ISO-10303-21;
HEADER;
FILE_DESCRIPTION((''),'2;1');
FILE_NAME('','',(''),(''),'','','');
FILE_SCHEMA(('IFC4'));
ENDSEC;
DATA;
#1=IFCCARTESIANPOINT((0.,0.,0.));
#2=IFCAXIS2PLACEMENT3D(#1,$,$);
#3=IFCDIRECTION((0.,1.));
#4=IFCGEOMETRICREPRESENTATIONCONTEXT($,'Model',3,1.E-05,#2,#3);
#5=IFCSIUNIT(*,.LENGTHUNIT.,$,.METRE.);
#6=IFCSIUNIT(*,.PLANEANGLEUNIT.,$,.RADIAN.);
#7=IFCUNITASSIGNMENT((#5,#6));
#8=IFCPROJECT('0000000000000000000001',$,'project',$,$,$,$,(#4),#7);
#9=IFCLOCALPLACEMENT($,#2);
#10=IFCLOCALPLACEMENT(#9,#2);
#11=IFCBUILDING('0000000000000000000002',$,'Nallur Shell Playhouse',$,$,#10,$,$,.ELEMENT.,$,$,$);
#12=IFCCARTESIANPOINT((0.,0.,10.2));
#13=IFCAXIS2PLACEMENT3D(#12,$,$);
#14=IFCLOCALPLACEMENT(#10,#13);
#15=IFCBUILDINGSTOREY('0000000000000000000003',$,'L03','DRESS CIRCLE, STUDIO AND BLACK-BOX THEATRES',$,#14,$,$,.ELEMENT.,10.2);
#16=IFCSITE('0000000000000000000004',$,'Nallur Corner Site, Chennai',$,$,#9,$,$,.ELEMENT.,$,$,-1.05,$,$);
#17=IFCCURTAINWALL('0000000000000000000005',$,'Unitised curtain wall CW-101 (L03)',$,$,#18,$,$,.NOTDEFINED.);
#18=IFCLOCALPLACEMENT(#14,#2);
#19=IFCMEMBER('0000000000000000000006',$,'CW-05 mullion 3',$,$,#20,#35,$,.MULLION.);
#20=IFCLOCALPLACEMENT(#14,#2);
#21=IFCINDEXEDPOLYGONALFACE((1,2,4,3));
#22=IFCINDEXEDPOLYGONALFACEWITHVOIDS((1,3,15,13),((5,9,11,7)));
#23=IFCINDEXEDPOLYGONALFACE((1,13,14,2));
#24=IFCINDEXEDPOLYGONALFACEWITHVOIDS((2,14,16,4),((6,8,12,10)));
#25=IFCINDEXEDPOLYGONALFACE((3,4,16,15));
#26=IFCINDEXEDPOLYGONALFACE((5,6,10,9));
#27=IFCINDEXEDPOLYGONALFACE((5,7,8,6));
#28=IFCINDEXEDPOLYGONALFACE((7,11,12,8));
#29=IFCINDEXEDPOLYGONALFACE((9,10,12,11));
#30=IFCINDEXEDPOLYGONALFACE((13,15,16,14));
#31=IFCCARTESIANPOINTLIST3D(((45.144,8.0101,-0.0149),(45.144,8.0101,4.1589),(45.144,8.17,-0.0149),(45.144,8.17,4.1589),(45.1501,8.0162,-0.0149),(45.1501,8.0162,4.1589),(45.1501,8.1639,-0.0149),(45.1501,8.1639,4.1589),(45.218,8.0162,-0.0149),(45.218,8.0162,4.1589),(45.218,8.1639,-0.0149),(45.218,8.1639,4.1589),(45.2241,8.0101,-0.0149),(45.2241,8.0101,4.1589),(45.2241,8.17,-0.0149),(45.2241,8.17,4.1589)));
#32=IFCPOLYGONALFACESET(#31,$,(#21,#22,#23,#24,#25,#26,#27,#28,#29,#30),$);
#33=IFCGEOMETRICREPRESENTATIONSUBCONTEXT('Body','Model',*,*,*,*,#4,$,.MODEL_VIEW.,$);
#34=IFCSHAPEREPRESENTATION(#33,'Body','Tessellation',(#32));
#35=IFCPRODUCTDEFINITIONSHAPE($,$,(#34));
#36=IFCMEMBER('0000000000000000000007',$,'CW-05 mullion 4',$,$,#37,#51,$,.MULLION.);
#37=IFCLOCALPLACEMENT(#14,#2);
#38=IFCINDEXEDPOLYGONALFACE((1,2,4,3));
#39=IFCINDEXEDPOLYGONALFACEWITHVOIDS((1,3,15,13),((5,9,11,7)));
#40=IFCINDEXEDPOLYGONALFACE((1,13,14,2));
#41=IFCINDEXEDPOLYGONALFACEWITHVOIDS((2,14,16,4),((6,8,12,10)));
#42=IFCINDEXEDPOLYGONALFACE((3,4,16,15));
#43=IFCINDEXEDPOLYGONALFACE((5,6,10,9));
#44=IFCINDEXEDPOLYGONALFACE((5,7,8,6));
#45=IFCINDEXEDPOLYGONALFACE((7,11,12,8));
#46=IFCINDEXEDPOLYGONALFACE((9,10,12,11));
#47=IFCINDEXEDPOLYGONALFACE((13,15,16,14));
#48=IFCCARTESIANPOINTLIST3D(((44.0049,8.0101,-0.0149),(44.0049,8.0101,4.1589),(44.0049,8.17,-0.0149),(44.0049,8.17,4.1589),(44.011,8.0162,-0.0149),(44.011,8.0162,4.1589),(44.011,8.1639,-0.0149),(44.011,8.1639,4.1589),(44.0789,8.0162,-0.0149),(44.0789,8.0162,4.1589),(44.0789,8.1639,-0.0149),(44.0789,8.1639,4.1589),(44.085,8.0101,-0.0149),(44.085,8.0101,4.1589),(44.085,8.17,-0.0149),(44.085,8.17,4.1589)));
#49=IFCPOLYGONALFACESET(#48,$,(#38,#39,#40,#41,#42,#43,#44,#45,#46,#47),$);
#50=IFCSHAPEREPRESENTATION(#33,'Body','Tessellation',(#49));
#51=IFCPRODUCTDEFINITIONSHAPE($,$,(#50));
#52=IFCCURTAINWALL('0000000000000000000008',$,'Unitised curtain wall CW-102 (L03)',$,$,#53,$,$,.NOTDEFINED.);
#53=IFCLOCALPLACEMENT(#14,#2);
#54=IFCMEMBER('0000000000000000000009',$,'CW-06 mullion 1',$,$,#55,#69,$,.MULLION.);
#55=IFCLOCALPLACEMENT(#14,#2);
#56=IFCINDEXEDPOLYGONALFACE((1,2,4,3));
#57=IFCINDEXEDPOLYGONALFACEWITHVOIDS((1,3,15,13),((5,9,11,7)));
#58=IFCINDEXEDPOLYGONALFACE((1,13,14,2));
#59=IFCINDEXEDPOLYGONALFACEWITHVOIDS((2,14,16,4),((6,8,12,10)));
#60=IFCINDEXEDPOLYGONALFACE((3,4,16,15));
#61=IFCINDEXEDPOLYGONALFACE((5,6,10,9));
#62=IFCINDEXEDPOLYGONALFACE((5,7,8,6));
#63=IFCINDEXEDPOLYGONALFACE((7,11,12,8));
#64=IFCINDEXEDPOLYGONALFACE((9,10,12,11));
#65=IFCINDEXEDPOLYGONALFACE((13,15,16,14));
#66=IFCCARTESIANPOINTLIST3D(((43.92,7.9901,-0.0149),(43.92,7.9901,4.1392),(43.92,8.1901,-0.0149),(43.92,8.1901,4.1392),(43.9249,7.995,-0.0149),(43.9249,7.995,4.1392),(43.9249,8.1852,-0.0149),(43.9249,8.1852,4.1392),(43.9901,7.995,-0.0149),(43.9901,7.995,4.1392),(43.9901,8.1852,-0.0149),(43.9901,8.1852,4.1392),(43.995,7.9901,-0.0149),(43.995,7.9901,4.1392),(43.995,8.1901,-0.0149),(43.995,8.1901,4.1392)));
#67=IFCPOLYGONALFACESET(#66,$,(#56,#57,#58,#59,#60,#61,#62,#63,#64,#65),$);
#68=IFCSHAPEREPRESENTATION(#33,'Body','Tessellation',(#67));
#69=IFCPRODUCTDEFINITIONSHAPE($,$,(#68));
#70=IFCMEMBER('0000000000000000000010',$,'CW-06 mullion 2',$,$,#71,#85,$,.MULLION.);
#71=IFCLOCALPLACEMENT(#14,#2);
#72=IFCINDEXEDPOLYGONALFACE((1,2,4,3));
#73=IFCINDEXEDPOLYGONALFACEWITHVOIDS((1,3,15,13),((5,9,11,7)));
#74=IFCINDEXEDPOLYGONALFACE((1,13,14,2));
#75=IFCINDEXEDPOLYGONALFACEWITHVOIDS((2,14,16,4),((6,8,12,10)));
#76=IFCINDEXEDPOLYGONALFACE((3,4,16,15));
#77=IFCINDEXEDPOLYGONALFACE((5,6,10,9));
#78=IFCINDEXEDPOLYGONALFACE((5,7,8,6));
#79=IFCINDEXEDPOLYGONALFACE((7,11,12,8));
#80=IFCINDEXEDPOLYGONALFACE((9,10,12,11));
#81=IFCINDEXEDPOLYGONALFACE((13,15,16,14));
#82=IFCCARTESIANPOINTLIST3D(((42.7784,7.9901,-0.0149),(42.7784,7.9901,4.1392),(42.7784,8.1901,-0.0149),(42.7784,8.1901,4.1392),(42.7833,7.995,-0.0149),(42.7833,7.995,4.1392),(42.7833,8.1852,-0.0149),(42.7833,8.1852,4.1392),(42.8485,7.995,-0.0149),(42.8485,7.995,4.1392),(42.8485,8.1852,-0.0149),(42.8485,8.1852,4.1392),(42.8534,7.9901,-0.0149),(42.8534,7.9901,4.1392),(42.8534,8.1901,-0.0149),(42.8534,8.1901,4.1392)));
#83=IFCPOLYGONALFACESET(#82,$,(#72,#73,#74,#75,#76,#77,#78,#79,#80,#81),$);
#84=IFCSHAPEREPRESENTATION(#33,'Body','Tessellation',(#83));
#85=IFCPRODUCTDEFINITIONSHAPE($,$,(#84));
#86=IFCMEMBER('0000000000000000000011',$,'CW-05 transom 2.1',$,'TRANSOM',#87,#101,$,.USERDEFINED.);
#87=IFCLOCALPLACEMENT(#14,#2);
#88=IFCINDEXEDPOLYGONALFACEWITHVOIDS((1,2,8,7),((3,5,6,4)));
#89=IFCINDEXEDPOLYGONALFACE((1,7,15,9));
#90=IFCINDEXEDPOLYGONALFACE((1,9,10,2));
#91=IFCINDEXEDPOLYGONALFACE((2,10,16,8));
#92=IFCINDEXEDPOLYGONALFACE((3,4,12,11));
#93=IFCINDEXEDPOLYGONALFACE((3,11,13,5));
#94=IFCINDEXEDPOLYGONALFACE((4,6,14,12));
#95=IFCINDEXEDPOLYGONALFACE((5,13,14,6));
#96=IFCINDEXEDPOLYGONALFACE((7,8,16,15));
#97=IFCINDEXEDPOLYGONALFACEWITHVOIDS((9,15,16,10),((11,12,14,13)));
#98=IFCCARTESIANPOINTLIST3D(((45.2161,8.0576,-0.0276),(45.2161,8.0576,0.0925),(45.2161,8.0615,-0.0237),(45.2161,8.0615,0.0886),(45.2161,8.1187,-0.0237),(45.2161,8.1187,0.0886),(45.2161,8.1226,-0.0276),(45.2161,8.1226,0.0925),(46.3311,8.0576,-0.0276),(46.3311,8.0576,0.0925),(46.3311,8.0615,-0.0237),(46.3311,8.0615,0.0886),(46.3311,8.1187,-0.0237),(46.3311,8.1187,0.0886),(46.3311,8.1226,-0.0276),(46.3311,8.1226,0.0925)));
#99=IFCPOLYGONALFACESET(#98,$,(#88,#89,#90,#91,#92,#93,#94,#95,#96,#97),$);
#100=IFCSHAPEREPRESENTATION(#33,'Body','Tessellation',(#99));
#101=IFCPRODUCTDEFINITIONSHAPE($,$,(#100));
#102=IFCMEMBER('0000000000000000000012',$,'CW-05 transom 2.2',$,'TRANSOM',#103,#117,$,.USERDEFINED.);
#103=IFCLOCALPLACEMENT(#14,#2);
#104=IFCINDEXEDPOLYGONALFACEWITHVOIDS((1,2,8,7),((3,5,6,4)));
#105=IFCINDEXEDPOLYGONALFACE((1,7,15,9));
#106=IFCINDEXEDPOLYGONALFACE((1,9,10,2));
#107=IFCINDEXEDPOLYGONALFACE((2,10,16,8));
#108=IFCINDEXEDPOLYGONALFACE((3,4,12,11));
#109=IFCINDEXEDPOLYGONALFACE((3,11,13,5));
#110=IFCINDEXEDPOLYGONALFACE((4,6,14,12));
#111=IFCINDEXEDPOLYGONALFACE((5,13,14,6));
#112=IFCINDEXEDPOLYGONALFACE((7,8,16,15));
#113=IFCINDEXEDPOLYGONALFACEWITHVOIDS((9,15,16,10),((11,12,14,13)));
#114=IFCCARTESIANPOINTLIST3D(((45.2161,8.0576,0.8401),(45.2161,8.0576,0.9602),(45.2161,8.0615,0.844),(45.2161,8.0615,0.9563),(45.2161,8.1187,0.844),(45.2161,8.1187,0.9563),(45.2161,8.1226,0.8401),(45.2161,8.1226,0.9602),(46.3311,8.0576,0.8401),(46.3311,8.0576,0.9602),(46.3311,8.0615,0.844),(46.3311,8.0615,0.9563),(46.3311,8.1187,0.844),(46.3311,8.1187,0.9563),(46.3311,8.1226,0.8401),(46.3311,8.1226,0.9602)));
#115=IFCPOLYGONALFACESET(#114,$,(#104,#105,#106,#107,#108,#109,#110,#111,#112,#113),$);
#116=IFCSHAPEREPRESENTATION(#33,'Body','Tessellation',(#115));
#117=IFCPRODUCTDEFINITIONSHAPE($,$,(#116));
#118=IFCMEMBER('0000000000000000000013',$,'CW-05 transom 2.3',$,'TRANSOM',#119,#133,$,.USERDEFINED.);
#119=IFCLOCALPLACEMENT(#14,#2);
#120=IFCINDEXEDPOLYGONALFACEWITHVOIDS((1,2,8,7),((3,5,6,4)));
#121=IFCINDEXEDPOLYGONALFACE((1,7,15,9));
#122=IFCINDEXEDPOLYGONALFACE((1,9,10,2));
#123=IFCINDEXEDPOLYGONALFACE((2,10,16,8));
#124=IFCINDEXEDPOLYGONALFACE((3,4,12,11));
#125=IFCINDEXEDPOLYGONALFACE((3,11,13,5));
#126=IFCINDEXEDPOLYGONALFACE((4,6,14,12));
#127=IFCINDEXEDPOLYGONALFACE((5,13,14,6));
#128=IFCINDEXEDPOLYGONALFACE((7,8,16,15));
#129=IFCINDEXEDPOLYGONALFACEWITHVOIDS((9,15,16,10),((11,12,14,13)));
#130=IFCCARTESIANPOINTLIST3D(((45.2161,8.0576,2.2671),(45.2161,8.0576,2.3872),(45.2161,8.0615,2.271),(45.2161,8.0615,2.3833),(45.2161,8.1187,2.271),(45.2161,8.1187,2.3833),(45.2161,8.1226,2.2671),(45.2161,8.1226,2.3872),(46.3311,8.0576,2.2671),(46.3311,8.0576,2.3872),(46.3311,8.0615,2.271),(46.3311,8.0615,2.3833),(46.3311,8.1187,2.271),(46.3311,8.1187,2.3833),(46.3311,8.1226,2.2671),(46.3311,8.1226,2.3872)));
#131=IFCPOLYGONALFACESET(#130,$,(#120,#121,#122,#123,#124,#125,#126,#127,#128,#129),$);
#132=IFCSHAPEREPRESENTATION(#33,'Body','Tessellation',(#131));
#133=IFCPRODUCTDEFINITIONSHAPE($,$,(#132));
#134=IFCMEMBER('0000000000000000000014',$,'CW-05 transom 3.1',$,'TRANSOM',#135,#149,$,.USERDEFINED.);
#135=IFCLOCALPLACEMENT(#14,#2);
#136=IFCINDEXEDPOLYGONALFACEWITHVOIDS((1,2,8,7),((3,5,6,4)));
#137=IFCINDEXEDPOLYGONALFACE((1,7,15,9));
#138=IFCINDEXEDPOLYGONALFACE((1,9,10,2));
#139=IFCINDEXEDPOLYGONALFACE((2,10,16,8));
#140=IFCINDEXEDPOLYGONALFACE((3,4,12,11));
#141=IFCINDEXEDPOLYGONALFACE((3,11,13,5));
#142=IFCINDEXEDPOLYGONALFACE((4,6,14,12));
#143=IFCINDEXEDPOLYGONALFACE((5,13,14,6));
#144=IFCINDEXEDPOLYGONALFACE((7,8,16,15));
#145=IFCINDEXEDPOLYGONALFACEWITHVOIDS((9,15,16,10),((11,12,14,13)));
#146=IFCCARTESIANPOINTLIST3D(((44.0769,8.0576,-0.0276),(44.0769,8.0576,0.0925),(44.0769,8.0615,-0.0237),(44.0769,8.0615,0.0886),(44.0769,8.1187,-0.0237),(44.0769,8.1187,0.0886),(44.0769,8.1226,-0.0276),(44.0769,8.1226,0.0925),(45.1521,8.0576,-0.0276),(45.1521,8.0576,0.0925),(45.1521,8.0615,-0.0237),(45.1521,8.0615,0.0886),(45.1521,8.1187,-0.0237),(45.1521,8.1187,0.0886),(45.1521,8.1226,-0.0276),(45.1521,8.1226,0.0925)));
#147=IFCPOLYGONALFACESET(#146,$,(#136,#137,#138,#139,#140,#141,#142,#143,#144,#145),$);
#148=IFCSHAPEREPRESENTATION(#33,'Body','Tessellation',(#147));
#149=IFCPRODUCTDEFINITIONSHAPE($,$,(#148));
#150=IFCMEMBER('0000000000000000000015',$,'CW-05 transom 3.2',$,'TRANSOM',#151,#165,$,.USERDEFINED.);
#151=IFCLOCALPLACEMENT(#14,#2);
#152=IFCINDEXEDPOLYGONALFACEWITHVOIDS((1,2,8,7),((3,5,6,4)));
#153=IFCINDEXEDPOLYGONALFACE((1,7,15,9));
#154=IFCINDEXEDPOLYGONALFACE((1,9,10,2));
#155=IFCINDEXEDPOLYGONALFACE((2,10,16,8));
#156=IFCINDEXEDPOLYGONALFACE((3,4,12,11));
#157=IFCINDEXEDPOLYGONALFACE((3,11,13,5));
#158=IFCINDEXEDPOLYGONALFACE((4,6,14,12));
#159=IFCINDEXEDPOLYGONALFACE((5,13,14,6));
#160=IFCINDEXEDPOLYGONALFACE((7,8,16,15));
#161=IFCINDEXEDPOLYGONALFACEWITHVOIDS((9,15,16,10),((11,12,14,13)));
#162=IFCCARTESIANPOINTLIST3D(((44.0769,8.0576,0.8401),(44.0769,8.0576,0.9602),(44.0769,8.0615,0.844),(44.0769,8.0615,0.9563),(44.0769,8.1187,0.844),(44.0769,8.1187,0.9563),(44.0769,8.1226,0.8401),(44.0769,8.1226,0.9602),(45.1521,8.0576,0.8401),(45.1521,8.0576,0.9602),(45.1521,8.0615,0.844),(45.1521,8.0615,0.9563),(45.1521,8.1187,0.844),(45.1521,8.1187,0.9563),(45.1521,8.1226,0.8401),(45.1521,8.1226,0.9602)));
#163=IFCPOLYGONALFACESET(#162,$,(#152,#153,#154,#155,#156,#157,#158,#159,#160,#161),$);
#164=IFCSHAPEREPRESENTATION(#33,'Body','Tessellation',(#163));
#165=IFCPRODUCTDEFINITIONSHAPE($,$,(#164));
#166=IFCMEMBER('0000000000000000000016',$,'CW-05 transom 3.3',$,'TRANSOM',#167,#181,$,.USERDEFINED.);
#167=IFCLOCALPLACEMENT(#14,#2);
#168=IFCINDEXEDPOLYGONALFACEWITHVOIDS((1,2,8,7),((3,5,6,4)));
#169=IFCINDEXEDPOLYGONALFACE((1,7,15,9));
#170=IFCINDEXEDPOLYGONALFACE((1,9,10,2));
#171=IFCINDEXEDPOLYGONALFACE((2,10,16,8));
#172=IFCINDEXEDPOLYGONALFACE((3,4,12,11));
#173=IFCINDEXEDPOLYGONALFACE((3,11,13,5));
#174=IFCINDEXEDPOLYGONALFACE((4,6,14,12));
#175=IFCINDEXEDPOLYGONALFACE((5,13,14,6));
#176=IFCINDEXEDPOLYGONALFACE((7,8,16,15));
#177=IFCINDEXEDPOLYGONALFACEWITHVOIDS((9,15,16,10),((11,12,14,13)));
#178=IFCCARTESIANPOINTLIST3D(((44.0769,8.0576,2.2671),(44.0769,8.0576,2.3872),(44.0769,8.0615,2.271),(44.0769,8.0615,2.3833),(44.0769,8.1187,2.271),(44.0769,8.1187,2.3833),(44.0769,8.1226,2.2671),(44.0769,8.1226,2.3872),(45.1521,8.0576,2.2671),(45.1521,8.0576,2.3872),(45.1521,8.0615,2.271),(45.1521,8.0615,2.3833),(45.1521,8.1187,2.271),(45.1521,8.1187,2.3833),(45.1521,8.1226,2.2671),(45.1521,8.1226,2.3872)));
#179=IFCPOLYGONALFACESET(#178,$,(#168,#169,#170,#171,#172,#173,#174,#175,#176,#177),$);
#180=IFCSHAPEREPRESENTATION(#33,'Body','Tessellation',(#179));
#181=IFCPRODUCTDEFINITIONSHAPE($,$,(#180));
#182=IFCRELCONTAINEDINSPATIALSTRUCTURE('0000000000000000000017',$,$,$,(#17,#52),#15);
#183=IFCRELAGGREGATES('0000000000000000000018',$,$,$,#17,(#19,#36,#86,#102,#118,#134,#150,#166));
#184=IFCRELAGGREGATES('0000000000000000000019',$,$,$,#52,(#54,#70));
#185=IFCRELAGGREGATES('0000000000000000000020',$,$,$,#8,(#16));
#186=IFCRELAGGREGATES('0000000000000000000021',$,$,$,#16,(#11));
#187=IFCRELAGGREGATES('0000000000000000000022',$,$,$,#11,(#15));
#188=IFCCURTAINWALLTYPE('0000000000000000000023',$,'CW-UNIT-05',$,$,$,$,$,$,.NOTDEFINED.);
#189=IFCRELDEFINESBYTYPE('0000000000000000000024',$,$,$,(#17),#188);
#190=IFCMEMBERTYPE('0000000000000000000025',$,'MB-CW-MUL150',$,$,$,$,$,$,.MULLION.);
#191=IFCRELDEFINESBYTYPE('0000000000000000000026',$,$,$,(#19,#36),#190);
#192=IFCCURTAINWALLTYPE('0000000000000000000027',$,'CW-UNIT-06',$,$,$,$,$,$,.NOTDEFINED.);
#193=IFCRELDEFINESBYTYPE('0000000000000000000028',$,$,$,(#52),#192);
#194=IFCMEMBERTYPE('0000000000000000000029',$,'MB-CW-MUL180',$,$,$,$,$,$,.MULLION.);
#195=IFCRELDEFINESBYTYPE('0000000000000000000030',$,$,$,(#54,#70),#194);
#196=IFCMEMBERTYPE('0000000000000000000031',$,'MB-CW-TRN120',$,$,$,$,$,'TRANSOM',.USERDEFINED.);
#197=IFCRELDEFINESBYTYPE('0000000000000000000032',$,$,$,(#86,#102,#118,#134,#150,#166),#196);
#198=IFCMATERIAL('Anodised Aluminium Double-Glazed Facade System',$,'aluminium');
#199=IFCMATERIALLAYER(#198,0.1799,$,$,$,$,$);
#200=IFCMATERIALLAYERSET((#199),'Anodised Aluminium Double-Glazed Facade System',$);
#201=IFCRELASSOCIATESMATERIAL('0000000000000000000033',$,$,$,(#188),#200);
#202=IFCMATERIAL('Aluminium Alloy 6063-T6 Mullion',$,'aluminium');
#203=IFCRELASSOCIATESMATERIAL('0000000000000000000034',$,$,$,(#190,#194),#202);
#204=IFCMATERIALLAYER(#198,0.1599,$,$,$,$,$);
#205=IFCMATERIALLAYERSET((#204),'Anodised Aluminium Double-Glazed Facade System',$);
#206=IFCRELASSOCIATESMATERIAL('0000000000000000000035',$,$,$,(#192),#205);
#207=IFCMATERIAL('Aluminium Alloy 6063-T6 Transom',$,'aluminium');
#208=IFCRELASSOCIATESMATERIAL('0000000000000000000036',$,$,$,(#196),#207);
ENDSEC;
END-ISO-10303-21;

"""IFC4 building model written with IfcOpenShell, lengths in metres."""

from ifc_helpers import new_model, si_unit, direction, frame, origin, origin_2d, place, context, subcontext, project, spatial, hollow_rectangle, extrude, material, layer, layer_set, material_profile, profile_set, type_object, element, aggregate, save


model = new_model("IFC4")

# Units and contexts
model_context = context("Model", 3, precision=1e-05, world=origin(), true_north=direction((0.0, 1.0)))
body_context = subcontext(model_context, "Body", "Model", "MODEL_VIEW")
ifc_project = project(units=[si_unit("LENGTHUNIT", "METRE"), si_unit("PLANEANGLEUNIT", "RADIAN")], contexts=[model_context])

# Site, building, storey
site_placement = place(None, origin())
site = spatial("IfcSite", under=ifc_project, at=site_placement, Name="Nallur Corner Site, Chennai", CompositionType="ELEMENT", RefElevation=-1.05)
building_placement = place(site_placement, origin())
building = spatial("IfcBuilding", under=site, at=building_placement, Name="Nallur Shell Playhouse", CompositionType="ELEMENT")
storey_placement = place(building_placement, frame((0.0, 0.0, 10.2)))
storey = spatial("IfcBuildingStorey", under=building, at=storey_placement, Name="L03", Description="DRESS CIRCLE, STUDIO AND BLACK-BOX THEATRES", CompositionType="ELEMENT", Elevation=10.2)

# Curtain walls, members
ifc_material_1 = material(Name="Anodised Aluminium Double-Glazed Facade System", Category="aluminium")
ifc_layer_1 = layer(ifc_material_1, 0.1799)
ifc_layer_set_1 = layer_set([ifc_layer_1], Name="Anodised Aluminium Double-Glazed Facade System")
curtain_wall_type_1 = type_object("IfcCurtainWallType", Name="CW-UNIT-05", PredefinedType="NOTDEFINED", material=ifc_layer_set_1)
curtain_wall_1_placement = place(storey_placement, origin())
curtain_wall_1 = element("IfcCurtainWall", 1, at=curtain_wall_1_placement, inside=storey, type_object=curtain_wall_type_1, Name="Unitised curtain wall CW-101 (L03)", PredefinedType="NOTDEFINED")
ifc_material_2 = material(Name="Aluminium Alloy 6063-T6 Mullion", Category="aluminium")
ifc_material_profile_1 = material_profile(ifc_material_2, hollow_rectangle(XDim=0.0801, YDim=0.1599, WallThickness=0.0061, at=origin_2d()), Name="RHS 160x80x6")
ifc_profile_set_1 = profile_set([ifc_material_profile_1], Name="Aluminium Alloy 6063-T6 Mullion")
member_type_1 = type_object("IfcMemberType", Name="MB-CW-MUL150", PredefinedType="MULLION", material=ifc_profile_set_1)
member_1_placement = place(storey_placement, frame((45.1841, 8.0901, -0.0149), z_axis=(0.0, 0.0, 1.0), x_axis=(-1.0, 0.0, 0.0)))
member_1 = element("IfcMember", 2, at=member_1_placement, type_object=member_type_1, Name="CW-05 mullion 3", PredefinedType="MULLION", context=body_context, shape_type="SweptSolid", body=[
    extrude(hollow_rectangle(XDim=0.0801, YDim=0.1599, WallThickness=0.0061, at=origin_2d()), origin(), (0.0, 0.0, 1.0), 4.1738),
])
member_2_placement = place(storey_placement, frame((44.0449, 8.0901, -0.0149), z_axis=(0.0, 0.0, 1.0), x_axis=(-1.0, 0.0, 0.0)))
member_2 = element("IfcMember", 3, at=member_2_placement, type_object=member_type_1, Name="CW-05 mullion 4", PredefinedType="MULLION", context=body_context, shape_type="SweptSolid", body=[
    extrude(hollow_rectangle(XDim=0.0801, YDim=0.1599, WallThickness=0.0061, at=origin_2d()), origin(), (0.0, 0.0, 1.0), 4.1738),
])
ifc_layer_2 = layer(ifc_material_1, 0.1599)
ifc_layer_set_2 = layer_set([ifc_layer_2], Name="Anodised Aluminium Double-Glazed Facade System")
curtain_wall_type_2 = type_object("IfcCurtainWallType", Name="CW-UNIT-06", PredefinedType="NOTDEFINED", material=ifc_layer_set_2)
curtain_wall_2_placement = place(storey_placement, origin())
curtain_wall_2 = element("IfcCurtainWall", 4, at=curtain_wall_2_placement, inside=storey, type_object=curtain_wall_type_2, Name="Unitised curtain wall CW-102 (L03)", PredefinedType="NOTDEFINED")
ifc_material_profile_2 = material_profile(ifc_material_2, hollow_rectangle(XDim=0.075, YDim=0.2, WallThickness=0.0049, at=origin_2d()), Name="ALU 75x200x5")
ifc_profile_set_2 = profile_set([ifc_material_profile_2], Name="Aluminium Alloy 6063-T6 Mullion")
member_type_2 = type_object("IfcMemberType", Name="MB-CW-MUL180", PredefinedType="MULLION", material=ifc_profile_set_2)
member_3_placement = place(storey_placement, frame((43.9575, 8.0901, -0.0149), z_axis=(0.0, 0.0, 1.0), x_axis=(-1.0, 0.0, 0.0)))
member_3 = element("IfcMember", 5, at=member_3_placement, type_object=member_type_2, Name="CW-06 mullion 1", PredefinedType="MULLION", context=body_context, shape_type="SweptSolid", body=[
    extrude(hollow_rectangle(XDim=0.075, YDim=0.2, WallThickness=0.0049, at=origin_2d()), origin(), (0.0, 0.0, 1.0), 4.1541),
])
member_4_placement = place(storey_placement, frame((42.8159, 8.0901, -0.0149), z_axis=(0.0, 0.0, 1.0), x_axis=(-1.0, 0.0, 0.0)))
member_4 = element("IfcMember", 6, at=member_4_placement, type_object=member_type_2, Name="CW-06 mullion 2", PredefinedType="MULLION", context=body_context, shape_type="SweptSolid", body=[
    extrude(hollow_rectangle(XDim=0.075, YDim=0.2, WallThickness=0.0049, at=origin_2d()), origin(), (0.0, 0.0, 1.0), 4.1541),
])

# Members
ifc_material_3 = material(Name="Aluminium Alloy 6063-T6 Transom", Category="aluminium")
ifc_material_profile_3 = material_profile(ifc_material_3, hollow_rectangle(XDim=0.0649, YDim=0.1201, WallThickness=0.0039, at=origin_2d()), Name="ALU 65x120x4")
ifc_profile_set_3 = profile_set([ifc_material_profile_3], Name="Aluminium Alloy 6063-T6 Transom")
member_type_3 = type_object("IfcMemberType", Name="MB-CW-TRN120", ElementType="TRANSOM", PredefinedType="USERDEFINED", material=ifc_profile_set_3)
member_5_placement = place(storey_placement, frame((46.3311, 8.0901, 0.0325), z_axis=(-1.0, 0.0, 0.0), x_axis=(0.0, -1.0, 0.0)))
member_5 = element("IfcMember", 7, at=member_5_placement, type_object=member_type_3, Name="CW-05 transom 2.1", ObjectType="TRANSOM", PredefinedType="USERDEFINED", context=body_context, shape_type="SweptSolid", body=[
    extrude(hollow_rectangle(XDim=0.0649, YDim=0.1201, WallThickness=0.0039, at=origin_2d()), origin(), (0.0, 0.0, 1.0), 1.115),
])
member_6_placement = place(storey_placement, frame((46.3311, 8.0901, 0.9001), z_axis=(-1.0, 0.0, 0.0), x_axis=(0.0, -1.0, 0.0)))
member_6 = element("IfcMember", 8, at=member_6_placement, type_object=member_type_3, Name="CW-05 transom 2.2", ObjectType="TRANSOM", PredefinedType="USERDEFINED", context=body_context, shape_type="SweptSolid", body=[
    extrude(hollow_rectangle(XDim=0.0649, YDim=0.1201, WallThickness=0.0039, at=origin_2d()), origin(), (0.0, 0.0, 1.0), 1.115),
])
member_7_placement = place(storey_placement, frame((46.3311, 8.0901, 2.3271), z_axis=(-1.0, 0.0, 0.0), x_axis=(0.0, -1.0, 0.0)))
member_7 = element("IfcMember", 9, at=member_7_placement, type_object=member_type_3, Name="CW-05 transom 2.3", ObjectType="TRANSOM", PredefinedType="USERDEFINED", context=body_context, shape_type="SweptSolid", body=[
    extrude(hollow_rectangle(XDim=0.0649, YDim=0.1201, WallThickness=0.0039, at=origin_2d()), origin(), (0.0, 0.0, 1.0), 1.115),
])
member_8_placement = place(storey_placement, frame((45.1521, 8.0901, 0.0325), z_axis=(-1.0, 0.0, 0.0), x_axis=(0.0, -1.0, 0.0)))
member_8 = element("IfcMember", 10, at=member_8_placement, type_object=member_type_3, Name="CW-05 transom 3.1", ObjectType="TRANSOM", PredefinedType="USERDEFINED", context=body_context, shape_type="SweptSolid", body=[
    extrude(hollow_rectangle(XDim=0.0649, YDim=0.1201, WallThickness=0.0039, at=origin_2d()), origin(), (0.0, 0.0, 1.0), 1.0752),
])
member_9_placement = place(storey_placement, frame((45.1521, 8.0901, 0.9001), z_axis=(-1.0, 0.0, 0.0), x_axis=(0.0, -1.0, 0.0)))
member_9 = element("IfcMember", 11, at=member_9_placement, type_object=member_type_3, Name="CW-05 transom 3.2", ObjectType="TRANSOM", PredefinedType="USERDEFINED", context=body_context, shape_type="SweptSolid", body=[
    extrude(hollow_rectangle(XDim=0.0649, YDim=0.1201, WallThickness=0.0039, at=origin_2d()), origin(), (0.0, 0.0, 1.0), 1.0752),
])
member_10_placement = place(storey_placement, frame((45.1521, 8.0901, 2.3271), z_axis=(-1.0, 0.0, 0.0), x_axis=(0.0, -1.0, 0.0)))
member_10 = element("IfcMember", 12, at=member_10_placement, type_object=member_type_3, Name="CW-05 transom 3.3", ObjectType="TRANSOM", PredefinedType="USERDEFINED", context=body_context, shape_type="SweptSolid", body=[
    extrude(hollow_rectangle(XDim=0.0649, YDim=0.1201, WallThickness=0.0039, at=origin_2d()), origin(), (0.0, 0.0, 1.0), 1.0752),
])

aggregate(curtain_wall_1, [member_1, member_2, member_5, member_6, member_7, member_8, member_9, member_10])
aggregate(curtain_wall_2, [member_3, member_4])

save(model, "model.ifc")
